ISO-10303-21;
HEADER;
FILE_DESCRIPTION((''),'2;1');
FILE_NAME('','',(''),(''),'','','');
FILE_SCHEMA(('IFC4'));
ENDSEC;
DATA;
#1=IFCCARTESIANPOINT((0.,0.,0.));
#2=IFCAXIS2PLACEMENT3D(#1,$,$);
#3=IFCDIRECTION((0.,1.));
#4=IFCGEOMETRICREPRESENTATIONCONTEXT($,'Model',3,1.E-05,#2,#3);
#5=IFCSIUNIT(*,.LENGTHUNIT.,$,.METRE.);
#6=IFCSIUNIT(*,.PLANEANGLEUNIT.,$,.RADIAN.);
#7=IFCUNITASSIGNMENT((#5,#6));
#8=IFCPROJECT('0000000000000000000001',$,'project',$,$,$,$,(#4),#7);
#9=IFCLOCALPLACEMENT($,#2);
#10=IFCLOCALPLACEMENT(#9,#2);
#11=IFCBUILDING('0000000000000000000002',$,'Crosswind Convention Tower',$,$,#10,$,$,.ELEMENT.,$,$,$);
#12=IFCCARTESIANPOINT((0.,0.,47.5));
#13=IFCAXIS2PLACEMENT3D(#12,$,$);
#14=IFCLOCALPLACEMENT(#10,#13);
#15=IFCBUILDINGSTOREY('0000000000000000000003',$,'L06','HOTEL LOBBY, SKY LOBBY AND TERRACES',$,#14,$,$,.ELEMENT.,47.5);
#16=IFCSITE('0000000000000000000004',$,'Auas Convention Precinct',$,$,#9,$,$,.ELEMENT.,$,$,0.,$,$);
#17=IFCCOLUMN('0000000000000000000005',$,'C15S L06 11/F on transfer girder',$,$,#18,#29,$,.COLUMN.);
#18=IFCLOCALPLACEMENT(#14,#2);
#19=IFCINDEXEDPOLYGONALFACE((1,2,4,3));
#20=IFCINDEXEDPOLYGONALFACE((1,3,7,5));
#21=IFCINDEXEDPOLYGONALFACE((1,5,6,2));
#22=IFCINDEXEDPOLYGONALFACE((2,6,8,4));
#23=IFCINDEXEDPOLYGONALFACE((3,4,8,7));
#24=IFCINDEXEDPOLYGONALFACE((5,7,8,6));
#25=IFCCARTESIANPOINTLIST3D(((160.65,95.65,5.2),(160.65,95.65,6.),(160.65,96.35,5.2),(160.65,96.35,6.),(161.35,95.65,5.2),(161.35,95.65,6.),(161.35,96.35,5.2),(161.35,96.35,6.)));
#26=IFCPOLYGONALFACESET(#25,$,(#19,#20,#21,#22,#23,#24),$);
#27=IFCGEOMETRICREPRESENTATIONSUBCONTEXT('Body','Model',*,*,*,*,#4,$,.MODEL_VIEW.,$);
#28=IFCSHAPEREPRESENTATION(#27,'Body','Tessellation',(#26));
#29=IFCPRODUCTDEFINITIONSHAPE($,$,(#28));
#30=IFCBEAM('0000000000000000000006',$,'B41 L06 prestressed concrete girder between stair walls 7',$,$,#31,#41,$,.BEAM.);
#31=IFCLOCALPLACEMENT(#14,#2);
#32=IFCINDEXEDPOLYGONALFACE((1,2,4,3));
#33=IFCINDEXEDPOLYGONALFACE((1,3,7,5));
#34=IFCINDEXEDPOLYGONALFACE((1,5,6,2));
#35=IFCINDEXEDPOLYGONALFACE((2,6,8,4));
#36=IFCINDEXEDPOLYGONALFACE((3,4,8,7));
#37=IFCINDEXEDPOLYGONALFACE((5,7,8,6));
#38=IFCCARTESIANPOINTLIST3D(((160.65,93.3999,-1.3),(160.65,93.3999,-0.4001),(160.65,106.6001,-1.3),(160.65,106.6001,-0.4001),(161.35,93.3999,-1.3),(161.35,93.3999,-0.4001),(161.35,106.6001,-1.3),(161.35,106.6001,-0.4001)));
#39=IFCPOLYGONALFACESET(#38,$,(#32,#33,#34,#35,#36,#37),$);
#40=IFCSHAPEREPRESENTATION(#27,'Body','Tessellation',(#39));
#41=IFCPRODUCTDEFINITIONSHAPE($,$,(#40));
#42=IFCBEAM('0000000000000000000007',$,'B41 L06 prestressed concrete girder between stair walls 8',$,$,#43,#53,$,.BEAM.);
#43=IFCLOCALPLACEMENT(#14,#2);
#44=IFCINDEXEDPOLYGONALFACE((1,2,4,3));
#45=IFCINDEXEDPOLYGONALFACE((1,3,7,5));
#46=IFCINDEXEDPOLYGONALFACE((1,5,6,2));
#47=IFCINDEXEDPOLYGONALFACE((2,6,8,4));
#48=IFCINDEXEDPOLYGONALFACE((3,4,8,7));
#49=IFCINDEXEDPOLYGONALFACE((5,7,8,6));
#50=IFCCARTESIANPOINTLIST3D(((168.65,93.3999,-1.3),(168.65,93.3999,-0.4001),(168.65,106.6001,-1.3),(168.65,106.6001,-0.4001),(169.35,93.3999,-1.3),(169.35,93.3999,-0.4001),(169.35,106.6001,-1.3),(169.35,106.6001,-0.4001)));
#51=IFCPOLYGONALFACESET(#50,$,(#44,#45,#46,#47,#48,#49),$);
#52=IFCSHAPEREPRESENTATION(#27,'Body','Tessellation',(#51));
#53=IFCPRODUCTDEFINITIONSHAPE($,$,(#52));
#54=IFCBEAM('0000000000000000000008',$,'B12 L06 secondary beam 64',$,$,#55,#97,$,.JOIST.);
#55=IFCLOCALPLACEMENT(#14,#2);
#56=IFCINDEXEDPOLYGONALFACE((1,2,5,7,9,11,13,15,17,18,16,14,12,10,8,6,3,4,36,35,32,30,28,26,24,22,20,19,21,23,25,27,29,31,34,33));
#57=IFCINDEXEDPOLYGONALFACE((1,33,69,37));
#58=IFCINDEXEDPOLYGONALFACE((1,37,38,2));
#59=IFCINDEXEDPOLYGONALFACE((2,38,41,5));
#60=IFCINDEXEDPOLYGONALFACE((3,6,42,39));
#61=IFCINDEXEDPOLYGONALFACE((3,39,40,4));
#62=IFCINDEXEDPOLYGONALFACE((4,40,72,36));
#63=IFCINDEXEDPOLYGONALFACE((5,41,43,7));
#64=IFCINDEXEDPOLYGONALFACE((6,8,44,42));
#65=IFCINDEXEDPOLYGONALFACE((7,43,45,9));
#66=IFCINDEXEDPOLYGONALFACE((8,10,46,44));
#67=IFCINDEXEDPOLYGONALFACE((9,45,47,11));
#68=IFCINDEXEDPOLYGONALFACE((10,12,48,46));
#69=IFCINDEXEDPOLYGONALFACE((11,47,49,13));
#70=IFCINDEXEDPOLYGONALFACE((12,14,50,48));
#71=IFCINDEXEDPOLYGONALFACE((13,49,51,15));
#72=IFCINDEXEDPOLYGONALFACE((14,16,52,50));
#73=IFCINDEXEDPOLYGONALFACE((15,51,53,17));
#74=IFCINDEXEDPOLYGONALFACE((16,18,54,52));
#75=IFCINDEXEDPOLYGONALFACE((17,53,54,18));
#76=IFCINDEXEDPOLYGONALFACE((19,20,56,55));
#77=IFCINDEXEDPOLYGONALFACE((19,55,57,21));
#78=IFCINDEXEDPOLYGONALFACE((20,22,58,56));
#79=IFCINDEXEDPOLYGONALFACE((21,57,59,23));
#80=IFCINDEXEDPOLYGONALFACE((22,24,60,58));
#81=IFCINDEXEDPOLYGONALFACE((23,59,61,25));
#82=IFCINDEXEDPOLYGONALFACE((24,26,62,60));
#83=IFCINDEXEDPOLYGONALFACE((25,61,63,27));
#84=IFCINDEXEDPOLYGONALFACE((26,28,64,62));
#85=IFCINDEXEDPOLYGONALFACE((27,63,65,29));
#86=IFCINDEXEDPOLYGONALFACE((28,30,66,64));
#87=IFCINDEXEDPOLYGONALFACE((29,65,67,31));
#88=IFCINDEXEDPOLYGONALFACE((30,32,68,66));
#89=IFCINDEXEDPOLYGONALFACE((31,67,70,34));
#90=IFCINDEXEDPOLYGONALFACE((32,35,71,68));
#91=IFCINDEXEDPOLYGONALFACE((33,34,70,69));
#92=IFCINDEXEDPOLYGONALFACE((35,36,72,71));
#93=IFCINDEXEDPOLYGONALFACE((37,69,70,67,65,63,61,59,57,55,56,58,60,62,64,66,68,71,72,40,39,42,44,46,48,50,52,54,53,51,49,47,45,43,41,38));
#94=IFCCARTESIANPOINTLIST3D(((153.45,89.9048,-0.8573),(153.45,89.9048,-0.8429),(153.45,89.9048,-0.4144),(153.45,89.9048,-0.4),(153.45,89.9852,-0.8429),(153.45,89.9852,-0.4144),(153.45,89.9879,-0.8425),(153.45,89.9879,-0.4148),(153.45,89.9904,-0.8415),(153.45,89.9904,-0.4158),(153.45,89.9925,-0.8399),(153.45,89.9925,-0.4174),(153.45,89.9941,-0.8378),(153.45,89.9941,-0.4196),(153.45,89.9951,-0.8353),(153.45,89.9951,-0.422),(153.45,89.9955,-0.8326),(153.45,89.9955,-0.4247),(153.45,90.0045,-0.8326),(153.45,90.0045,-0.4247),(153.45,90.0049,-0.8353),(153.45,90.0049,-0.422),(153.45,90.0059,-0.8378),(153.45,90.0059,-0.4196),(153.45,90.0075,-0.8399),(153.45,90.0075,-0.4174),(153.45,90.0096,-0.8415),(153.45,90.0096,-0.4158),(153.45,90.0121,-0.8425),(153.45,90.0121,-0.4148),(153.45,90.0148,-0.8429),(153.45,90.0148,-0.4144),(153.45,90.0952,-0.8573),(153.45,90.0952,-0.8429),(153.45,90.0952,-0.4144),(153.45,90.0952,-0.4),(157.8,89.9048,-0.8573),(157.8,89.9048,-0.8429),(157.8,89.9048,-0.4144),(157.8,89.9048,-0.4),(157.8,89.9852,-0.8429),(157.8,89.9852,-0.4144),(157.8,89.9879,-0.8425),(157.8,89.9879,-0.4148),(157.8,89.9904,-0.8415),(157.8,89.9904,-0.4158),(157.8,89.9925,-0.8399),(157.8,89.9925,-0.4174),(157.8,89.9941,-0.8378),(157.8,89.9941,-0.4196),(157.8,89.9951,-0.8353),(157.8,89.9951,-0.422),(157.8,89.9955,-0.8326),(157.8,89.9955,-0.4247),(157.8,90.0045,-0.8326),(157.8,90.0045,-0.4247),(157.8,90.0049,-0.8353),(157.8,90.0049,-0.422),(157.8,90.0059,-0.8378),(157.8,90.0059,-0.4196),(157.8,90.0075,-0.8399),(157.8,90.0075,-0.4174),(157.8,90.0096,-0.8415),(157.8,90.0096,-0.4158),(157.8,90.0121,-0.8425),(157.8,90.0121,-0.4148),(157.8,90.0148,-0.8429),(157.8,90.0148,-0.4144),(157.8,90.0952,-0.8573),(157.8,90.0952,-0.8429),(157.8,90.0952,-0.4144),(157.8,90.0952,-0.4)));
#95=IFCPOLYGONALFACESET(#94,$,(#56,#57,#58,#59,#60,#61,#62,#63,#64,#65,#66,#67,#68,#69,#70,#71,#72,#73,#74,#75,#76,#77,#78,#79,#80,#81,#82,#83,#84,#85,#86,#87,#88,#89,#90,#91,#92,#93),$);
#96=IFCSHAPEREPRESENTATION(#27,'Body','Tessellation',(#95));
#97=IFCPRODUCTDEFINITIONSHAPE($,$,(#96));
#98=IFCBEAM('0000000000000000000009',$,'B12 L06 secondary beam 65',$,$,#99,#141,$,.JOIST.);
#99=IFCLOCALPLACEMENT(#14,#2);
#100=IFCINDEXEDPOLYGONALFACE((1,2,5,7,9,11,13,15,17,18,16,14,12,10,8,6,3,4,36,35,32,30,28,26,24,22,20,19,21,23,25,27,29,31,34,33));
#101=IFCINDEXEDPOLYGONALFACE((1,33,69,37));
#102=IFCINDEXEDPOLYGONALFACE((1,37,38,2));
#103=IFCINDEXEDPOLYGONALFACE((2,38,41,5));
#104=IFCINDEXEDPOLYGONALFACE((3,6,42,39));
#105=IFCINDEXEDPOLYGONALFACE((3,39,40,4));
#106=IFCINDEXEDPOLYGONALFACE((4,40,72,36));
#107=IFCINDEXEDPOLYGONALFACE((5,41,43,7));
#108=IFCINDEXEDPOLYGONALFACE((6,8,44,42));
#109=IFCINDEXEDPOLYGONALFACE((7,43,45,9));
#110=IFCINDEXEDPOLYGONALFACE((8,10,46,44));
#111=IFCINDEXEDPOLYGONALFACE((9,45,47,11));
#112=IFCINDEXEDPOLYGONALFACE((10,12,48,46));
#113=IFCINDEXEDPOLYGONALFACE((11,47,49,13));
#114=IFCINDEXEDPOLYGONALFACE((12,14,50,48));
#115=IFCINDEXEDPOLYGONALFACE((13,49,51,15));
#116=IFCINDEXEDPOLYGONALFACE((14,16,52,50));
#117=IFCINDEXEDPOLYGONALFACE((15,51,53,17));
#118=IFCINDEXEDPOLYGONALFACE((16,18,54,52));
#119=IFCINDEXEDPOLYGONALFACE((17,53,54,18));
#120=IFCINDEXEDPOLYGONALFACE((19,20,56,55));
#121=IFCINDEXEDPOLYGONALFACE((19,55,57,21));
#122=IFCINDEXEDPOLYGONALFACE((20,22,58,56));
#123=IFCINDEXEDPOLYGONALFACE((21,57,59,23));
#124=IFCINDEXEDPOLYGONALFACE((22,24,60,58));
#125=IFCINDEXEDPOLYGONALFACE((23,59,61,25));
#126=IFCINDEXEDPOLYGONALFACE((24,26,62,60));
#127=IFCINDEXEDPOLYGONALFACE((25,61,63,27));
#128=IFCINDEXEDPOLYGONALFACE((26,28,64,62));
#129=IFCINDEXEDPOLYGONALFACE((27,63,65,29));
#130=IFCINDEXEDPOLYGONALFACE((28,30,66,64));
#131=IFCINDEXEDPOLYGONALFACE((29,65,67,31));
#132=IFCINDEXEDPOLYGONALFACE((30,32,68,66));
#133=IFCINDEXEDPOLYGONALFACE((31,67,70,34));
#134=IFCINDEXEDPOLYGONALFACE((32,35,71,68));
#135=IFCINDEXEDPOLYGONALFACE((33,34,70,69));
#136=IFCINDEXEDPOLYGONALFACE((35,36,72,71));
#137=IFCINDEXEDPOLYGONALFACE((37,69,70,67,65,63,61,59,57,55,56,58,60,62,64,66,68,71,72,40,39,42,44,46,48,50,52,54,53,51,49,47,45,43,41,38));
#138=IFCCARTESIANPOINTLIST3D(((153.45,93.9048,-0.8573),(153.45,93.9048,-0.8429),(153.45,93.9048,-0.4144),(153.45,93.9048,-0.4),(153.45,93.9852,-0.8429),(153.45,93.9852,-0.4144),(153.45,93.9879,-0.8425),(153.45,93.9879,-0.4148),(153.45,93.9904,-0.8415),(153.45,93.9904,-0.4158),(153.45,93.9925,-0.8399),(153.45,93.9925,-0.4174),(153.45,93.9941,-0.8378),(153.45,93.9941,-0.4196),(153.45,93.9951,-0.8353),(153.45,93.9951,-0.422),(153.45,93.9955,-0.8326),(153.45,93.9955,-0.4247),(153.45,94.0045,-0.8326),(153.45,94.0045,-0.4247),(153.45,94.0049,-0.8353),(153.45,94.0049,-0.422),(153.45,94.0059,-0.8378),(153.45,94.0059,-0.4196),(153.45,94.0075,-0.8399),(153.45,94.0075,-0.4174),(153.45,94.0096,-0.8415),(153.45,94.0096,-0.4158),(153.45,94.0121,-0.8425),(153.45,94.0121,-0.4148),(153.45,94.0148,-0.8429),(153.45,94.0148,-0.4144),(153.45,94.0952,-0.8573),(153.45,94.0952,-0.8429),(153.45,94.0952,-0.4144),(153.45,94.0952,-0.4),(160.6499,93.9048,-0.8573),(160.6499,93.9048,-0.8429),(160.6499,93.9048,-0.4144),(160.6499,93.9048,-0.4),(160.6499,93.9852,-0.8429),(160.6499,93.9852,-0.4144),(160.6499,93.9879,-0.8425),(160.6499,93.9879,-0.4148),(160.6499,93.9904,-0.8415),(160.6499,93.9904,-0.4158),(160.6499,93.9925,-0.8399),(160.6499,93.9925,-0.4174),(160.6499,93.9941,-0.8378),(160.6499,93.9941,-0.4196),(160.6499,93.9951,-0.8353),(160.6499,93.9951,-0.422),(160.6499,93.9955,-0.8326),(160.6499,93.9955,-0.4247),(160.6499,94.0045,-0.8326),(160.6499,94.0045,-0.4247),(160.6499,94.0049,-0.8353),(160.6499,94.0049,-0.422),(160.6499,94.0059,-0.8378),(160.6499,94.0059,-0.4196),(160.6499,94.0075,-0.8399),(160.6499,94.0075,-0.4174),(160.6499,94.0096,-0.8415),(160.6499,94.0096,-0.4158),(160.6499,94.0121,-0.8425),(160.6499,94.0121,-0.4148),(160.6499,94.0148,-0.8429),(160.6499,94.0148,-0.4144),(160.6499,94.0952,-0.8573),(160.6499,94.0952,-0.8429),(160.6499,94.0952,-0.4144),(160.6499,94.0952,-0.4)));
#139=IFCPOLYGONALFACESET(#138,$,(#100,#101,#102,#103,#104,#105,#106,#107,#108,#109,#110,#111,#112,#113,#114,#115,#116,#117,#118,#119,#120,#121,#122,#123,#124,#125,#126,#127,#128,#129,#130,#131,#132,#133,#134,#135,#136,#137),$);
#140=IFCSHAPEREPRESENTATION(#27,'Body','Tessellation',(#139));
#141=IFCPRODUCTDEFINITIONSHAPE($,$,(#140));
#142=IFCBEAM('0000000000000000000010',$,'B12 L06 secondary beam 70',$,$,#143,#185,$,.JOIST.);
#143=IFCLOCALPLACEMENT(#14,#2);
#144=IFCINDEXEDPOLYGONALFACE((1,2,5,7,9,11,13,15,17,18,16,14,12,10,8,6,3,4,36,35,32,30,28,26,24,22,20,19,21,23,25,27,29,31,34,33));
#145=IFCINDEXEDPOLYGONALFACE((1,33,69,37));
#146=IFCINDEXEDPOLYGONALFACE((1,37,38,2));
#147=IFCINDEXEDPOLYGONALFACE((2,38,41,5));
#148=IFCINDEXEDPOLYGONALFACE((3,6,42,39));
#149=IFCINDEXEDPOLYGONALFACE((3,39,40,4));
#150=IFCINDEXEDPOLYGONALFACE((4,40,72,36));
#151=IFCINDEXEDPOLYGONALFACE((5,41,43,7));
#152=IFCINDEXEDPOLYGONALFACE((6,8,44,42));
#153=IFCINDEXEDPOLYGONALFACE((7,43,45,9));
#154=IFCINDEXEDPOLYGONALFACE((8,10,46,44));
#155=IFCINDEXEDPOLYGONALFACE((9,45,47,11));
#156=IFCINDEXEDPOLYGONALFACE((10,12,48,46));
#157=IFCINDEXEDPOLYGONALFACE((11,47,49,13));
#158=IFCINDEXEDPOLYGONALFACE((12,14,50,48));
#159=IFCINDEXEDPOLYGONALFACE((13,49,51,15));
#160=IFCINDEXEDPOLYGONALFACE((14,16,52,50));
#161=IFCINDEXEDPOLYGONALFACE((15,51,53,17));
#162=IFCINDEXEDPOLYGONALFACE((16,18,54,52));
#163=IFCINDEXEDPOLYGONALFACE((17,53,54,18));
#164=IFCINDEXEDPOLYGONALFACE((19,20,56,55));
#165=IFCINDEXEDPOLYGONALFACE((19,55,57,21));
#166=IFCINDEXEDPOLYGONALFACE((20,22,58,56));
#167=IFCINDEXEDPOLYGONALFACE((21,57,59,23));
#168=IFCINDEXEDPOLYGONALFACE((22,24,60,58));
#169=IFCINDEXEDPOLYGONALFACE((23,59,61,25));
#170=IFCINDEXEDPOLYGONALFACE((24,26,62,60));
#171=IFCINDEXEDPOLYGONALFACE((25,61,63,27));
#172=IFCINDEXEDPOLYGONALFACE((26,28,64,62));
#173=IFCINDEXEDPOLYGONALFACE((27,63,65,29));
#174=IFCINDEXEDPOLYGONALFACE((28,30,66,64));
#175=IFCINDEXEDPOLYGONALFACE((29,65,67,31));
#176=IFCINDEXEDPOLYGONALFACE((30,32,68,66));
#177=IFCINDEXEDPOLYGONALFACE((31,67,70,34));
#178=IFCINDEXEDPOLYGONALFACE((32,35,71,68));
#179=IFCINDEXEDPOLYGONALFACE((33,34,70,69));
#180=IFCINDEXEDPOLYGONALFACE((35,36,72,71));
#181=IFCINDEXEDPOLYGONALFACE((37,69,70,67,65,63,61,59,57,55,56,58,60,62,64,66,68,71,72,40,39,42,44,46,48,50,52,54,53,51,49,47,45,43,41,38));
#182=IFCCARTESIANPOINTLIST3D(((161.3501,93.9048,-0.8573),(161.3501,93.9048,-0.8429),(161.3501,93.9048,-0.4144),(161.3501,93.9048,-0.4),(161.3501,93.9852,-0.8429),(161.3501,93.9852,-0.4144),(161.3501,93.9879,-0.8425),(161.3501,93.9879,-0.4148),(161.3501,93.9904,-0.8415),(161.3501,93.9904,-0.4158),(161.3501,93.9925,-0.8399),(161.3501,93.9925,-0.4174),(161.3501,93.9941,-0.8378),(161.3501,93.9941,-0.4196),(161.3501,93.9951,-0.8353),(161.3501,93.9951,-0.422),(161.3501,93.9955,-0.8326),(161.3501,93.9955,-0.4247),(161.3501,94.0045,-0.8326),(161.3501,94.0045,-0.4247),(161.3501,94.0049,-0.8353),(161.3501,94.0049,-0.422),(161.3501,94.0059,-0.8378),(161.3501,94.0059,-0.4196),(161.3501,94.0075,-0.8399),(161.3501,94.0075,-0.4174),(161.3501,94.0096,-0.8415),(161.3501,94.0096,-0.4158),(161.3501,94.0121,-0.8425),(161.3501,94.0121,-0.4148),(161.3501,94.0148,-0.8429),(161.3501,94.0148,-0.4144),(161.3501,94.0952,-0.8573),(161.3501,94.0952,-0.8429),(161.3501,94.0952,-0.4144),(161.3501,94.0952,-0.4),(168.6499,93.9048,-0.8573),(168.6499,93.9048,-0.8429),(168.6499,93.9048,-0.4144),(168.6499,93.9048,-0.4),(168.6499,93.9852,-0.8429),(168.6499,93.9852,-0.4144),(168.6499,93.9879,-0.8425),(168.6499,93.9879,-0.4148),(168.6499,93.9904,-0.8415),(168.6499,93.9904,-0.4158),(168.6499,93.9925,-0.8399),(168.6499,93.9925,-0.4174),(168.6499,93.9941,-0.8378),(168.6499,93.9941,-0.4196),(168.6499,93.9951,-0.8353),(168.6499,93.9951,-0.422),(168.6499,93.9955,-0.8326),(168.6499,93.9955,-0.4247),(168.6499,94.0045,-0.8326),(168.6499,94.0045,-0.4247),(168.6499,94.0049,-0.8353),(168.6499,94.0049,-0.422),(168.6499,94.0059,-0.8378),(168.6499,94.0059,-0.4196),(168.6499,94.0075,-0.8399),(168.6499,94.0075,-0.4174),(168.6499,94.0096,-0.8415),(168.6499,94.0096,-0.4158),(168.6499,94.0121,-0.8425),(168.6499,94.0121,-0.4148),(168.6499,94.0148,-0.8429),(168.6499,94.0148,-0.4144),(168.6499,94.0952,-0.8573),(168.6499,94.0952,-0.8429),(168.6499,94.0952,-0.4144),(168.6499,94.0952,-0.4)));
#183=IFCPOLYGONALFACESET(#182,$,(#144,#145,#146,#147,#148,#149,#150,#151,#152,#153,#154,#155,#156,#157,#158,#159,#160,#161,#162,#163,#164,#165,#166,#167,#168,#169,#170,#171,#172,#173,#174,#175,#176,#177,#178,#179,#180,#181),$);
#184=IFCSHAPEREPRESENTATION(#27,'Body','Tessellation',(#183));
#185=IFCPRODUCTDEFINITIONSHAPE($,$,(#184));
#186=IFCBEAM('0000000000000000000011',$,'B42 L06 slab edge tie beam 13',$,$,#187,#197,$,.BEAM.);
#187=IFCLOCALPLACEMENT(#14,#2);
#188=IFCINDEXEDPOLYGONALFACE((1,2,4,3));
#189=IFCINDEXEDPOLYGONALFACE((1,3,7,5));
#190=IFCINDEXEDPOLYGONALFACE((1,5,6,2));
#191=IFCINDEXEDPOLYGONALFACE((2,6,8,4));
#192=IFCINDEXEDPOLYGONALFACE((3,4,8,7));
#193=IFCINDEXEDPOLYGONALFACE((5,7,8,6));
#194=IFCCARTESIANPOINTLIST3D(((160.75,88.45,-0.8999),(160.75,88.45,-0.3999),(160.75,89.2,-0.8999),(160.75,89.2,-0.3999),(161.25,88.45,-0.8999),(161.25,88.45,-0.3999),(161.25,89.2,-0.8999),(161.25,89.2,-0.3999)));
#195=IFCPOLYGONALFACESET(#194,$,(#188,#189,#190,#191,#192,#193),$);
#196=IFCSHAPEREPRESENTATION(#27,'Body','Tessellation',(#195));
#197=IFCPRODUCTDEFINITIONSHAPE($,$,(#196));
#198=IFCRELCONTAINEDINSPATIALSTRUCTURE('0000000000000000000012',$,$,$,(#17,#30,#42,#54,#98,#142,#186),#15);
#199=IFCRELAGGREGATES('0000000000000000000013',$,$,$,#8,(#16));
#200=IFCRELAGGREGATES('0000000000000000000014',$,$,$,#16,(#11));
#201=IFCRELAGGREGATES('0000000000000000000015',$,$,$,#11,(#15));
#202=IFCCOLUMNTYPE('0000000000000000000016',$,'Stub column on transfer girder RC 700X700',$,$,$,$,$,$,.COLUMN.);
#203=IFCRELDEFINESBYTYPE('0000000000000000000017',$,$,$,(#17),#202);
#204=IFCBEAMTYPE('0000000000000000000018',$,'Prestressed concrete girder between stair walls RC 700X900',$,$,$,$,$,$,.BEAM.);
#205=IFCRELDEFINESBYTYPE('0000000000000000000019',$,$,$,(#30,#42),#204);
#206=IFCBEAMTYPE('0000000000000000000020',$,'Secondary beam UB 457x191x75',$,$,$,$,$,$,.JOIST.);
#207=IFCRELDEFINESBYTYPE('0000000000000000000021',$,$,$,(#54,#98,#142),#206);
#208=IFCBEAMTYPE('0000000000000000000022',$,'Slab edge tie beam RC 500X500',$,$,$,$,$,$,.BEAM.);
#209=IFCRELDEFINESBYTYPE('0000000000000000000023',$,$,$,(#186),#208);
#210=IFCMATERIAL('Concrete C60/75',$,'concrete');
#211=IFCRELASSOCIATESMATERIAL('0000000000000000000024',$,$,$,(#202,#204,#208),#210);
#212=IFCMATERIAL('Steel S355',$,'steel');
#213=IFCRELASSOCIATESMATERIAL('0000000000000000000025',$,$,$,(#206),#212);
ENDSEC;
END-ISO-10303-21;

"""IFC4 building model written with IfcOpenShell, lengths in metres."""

from ifc_helpers import new_model, si_unit, direction, frame, origin, origin_2d, place, context, subcontext, project, spatial, rectangle, i_section, extrude, material, material_profile, profile_set, type_object, element, save


model = new_model("IFC4")

# Units and contexts
model_context = context("Model", 3, precision=1e-05, world=origin(), true_north=direction((0.0, 1.0)))
body_context = subcontext(model_context, "Body", "Model", "MODEL_VIEW")
ifc_project = project(units=[si_unit("LENGTHUNIT", "METRE"), si_unit("PLANEANGLEUNIT", "RADIAN")], contexts=[model_context])

# Site, building, storey
site_placement = place(None, origin())
site = spatial("IfcSite", under=ifc_project, at=site_placement, Name="Auas Convention Precinct", CompositionType="ELEMENT", RefElevation=0.0)
building_placement = place(site_placement, origin())
building = spatial("IfcBuilding", under=site, at=building_placement, Name="Crosswind Convention Tower", CompositionType="ELEMENT")
storey_placement = place(building_placement, frame((0.0, 0.0, 47.5)))
storey = spatial("IfcBuildingStorey", under=building, at=storey_placement, Name="L06", Description="HOTEL LOBBY, SKY LOBBY AND TERRACES", CompositionType="ELEMENT", Elevation=47.5)

# Column
ifc_material_1 = material(Name="Concrete C60/75", Category="concrete")
ifc_material_profile_1 = material_profile(ifc_material_1, rectangle(XDim=0.7, YDim=0.7, at=origin_2d()), Name="RC 700X700")
ifc_profile_set_1 = profile_set([ifc_material_profile_1], Name="Concrete C60/75")
column_type = type_object("IfcColumnType", Name="Stub column on transfer girder RC 700X700", PredefinedType="COLUMN", material=ifc_profile_set_1)
column_placement = place(storey_placement, frame((161.0, 96.0, 5.2), z_axis=(0.0, 0.0, 1.0), x_axis=(1.0, 0.0, 0.0)))
element("IfcColumn", 1, at=column_placement, inside=storey, type_object=column_type, Name="C15S L06 11/F on transfer girder", PredefinedType="COLUMN", context=body_context, shape_type="SweptSolid", body=[
    extrude(rectangle(XDim=0.7, YDim=0.7, at=origin_2d()), origin(), (0.0, 0.0, 1.0), 0.8),
])

# Beams
ifc_material_profile_2 = material_profile(ifc_material_1, rectangle(XDim=0.7, YDim=0.8999, at=origin_2d()), Name="RC 700X900")
ifc_profile_set_2 = profile_set([ifc_material_profile_2], Name="Concrete C60/75")
beam_type_1 = type_object("IfcBeamType", Name="Prestressed concrete girder between stair walls RC 700X900", PredefinedType="BEAM", material=ifc_profile_set_2)
for number, where, z_axis, x_axis, name in (
    (2, (161.0, 93.3999, -0.8501), (0.0, 1.0, 0.0), (-1.0, 0.0, 0.0), "B41 L06 prestressed concrete girder between stair walls 7"),
    (3, (169.0, 93.3999, -0.8501), (0.0, 1.0, 0.0), (-1.0, 0.0, 0.0), "B41 L06 prestressed concrete girder between stair walls 8"),
):
    element("IfcBeam", number, at=place(storey_placement, frame(where, z_axis=z_axis, x_axis=x_axis)), inside=storey, type_object=beam_type_1, Name=name, PredefinedType="BEAM", context=body_context, shape_type="SweptSolid", body=[
        extrude(rectangle(XDim=0.7, YDim=0.8999, at=origin_2d()), origin(), (0.0, 0.0, 1.0), 13.2002),
    ])
ifc_material_2 = material(Name="Steel S355", Category="steel")
ifc_material_profile_3 = material_profile(ifc_material_2, i_section(OverallWidth=0.1904, OverallDepth=0.4573, WebThickness=0.009, FlangeThickness=0.0144, FilletRadius=0.0103, at=origin_2d()), Name="UB 457x191x75")
ifc_profile_set_3 = profile_set([ifc_material_profile_3], Name="Steel S355")
beam_type_2 = type_object("IfcBeamType", Name="Secondary beam UB 457x191x75", PredefinedType="JOIST", material=ifc_profile_set_3)
beam_1_placement = place(storey_placement, frame((153.45, 90.0, -0.6287), z_axis=(1.0, 0.0, 0.0), x_axis=(0.0, 1.0, 0.0)))
element("IfcBeam", 4, at=beam_1_placement, inside=storey, type_object=beam_type_2, Name="B12 L06 secondary beam 64", PredefinedType="JOIST", context=body_context, shape_type="SweptSolid", body=[
    extrude(i_section(OverallWidth=0.1904, OverallDepth=0.4573, WebThickness=0.009, FlangeThickness=0.0144, FilletRadius=0.0103, at=origin_2d()), origin(), (0.0, 0.0, 1.0), 4.3501),
])
beam_2_placement = place(storey_placement, frame((153.45, 94.0, -0.6287), z_axis=(1.0, 0.0, 0.0), x_axis=(0.0, 1.0, 0.0)))
element("IfcBeam", 5, at=beam_2_placement, inside=storey, type_object=beam_type_2, Name="B12 L06 secondary beam 65", PredefinedType="JOIST", context=body_context, shape_type="SweptSolid", body=[
    extrude(i_section(OverallWidth=0.1904, OverallDepth=0.4573, WebThickness=0.009, FlangeThickness=0.0144, FilletRadius=0.0103, at=origin_2d()), origin(), (0.0, 0.0, 1.0), 7.2),
])
beam_3_placement = place(storey_placement, frame((161.3501, 94.0, -0.6287), z_axis=(1.0, 0.0, 0.0), x_axis=(0.0, 1.0, 0.0)))
element("IfcBeam", 6, at=beam_3_placement, inside=storey, type_object=beam_type_2, Name="B12 L06 secondary beam 70", PredefinedType="JOIST", context=body_context, shape_type="SweptSolid", body=[
    extrude(i_section(OverallWidth=0.1904, OverallDepth=0.4573, WebThickness=0.009, FlangeThickness=0.0144, FilletRadius=0.0103, at=origin_2d()), origin(), (0.0, 0.0, 1.0), 7.2998),
])
ifc_material_profile_4 = material_profile(ifc_material_1, rectangle(XDim=0.5, YDim=0.5, at=origin_2d()), Name="RC 500X500")
ifc_profile_set_4 = profile_set([ifc_material_profile_4], Name="Concrete C60/75")
beam_type_3 = type_object("IfcBeamType", Name="Slab edge tie beam RC 500X500", PredefinedType="BEAM", material=ifc_profile_set_4)
beam_4_placement = place(storey_placement, frame((161.0, 88.45, -0.6499), z_axis=(0.0, 1.0, 0.0), x_axis=(-1.0, 0.0, 0.0)))
element("IfcBeam", 7, at=beam_4_placement, inside=storey, type_object=beam_type_3, Name="B42 L06 slab edge tie beam 13", PredefinedType="BEAM", context=body_context, shape_type="SweptSolid", body=[
    extrude(rectangle(XDim=0.5, YDim=0.5, at=origin_2d()), origin(), (0.0, 0.0, 1.0), 0.75),
])

save(model, "model.ifc")
